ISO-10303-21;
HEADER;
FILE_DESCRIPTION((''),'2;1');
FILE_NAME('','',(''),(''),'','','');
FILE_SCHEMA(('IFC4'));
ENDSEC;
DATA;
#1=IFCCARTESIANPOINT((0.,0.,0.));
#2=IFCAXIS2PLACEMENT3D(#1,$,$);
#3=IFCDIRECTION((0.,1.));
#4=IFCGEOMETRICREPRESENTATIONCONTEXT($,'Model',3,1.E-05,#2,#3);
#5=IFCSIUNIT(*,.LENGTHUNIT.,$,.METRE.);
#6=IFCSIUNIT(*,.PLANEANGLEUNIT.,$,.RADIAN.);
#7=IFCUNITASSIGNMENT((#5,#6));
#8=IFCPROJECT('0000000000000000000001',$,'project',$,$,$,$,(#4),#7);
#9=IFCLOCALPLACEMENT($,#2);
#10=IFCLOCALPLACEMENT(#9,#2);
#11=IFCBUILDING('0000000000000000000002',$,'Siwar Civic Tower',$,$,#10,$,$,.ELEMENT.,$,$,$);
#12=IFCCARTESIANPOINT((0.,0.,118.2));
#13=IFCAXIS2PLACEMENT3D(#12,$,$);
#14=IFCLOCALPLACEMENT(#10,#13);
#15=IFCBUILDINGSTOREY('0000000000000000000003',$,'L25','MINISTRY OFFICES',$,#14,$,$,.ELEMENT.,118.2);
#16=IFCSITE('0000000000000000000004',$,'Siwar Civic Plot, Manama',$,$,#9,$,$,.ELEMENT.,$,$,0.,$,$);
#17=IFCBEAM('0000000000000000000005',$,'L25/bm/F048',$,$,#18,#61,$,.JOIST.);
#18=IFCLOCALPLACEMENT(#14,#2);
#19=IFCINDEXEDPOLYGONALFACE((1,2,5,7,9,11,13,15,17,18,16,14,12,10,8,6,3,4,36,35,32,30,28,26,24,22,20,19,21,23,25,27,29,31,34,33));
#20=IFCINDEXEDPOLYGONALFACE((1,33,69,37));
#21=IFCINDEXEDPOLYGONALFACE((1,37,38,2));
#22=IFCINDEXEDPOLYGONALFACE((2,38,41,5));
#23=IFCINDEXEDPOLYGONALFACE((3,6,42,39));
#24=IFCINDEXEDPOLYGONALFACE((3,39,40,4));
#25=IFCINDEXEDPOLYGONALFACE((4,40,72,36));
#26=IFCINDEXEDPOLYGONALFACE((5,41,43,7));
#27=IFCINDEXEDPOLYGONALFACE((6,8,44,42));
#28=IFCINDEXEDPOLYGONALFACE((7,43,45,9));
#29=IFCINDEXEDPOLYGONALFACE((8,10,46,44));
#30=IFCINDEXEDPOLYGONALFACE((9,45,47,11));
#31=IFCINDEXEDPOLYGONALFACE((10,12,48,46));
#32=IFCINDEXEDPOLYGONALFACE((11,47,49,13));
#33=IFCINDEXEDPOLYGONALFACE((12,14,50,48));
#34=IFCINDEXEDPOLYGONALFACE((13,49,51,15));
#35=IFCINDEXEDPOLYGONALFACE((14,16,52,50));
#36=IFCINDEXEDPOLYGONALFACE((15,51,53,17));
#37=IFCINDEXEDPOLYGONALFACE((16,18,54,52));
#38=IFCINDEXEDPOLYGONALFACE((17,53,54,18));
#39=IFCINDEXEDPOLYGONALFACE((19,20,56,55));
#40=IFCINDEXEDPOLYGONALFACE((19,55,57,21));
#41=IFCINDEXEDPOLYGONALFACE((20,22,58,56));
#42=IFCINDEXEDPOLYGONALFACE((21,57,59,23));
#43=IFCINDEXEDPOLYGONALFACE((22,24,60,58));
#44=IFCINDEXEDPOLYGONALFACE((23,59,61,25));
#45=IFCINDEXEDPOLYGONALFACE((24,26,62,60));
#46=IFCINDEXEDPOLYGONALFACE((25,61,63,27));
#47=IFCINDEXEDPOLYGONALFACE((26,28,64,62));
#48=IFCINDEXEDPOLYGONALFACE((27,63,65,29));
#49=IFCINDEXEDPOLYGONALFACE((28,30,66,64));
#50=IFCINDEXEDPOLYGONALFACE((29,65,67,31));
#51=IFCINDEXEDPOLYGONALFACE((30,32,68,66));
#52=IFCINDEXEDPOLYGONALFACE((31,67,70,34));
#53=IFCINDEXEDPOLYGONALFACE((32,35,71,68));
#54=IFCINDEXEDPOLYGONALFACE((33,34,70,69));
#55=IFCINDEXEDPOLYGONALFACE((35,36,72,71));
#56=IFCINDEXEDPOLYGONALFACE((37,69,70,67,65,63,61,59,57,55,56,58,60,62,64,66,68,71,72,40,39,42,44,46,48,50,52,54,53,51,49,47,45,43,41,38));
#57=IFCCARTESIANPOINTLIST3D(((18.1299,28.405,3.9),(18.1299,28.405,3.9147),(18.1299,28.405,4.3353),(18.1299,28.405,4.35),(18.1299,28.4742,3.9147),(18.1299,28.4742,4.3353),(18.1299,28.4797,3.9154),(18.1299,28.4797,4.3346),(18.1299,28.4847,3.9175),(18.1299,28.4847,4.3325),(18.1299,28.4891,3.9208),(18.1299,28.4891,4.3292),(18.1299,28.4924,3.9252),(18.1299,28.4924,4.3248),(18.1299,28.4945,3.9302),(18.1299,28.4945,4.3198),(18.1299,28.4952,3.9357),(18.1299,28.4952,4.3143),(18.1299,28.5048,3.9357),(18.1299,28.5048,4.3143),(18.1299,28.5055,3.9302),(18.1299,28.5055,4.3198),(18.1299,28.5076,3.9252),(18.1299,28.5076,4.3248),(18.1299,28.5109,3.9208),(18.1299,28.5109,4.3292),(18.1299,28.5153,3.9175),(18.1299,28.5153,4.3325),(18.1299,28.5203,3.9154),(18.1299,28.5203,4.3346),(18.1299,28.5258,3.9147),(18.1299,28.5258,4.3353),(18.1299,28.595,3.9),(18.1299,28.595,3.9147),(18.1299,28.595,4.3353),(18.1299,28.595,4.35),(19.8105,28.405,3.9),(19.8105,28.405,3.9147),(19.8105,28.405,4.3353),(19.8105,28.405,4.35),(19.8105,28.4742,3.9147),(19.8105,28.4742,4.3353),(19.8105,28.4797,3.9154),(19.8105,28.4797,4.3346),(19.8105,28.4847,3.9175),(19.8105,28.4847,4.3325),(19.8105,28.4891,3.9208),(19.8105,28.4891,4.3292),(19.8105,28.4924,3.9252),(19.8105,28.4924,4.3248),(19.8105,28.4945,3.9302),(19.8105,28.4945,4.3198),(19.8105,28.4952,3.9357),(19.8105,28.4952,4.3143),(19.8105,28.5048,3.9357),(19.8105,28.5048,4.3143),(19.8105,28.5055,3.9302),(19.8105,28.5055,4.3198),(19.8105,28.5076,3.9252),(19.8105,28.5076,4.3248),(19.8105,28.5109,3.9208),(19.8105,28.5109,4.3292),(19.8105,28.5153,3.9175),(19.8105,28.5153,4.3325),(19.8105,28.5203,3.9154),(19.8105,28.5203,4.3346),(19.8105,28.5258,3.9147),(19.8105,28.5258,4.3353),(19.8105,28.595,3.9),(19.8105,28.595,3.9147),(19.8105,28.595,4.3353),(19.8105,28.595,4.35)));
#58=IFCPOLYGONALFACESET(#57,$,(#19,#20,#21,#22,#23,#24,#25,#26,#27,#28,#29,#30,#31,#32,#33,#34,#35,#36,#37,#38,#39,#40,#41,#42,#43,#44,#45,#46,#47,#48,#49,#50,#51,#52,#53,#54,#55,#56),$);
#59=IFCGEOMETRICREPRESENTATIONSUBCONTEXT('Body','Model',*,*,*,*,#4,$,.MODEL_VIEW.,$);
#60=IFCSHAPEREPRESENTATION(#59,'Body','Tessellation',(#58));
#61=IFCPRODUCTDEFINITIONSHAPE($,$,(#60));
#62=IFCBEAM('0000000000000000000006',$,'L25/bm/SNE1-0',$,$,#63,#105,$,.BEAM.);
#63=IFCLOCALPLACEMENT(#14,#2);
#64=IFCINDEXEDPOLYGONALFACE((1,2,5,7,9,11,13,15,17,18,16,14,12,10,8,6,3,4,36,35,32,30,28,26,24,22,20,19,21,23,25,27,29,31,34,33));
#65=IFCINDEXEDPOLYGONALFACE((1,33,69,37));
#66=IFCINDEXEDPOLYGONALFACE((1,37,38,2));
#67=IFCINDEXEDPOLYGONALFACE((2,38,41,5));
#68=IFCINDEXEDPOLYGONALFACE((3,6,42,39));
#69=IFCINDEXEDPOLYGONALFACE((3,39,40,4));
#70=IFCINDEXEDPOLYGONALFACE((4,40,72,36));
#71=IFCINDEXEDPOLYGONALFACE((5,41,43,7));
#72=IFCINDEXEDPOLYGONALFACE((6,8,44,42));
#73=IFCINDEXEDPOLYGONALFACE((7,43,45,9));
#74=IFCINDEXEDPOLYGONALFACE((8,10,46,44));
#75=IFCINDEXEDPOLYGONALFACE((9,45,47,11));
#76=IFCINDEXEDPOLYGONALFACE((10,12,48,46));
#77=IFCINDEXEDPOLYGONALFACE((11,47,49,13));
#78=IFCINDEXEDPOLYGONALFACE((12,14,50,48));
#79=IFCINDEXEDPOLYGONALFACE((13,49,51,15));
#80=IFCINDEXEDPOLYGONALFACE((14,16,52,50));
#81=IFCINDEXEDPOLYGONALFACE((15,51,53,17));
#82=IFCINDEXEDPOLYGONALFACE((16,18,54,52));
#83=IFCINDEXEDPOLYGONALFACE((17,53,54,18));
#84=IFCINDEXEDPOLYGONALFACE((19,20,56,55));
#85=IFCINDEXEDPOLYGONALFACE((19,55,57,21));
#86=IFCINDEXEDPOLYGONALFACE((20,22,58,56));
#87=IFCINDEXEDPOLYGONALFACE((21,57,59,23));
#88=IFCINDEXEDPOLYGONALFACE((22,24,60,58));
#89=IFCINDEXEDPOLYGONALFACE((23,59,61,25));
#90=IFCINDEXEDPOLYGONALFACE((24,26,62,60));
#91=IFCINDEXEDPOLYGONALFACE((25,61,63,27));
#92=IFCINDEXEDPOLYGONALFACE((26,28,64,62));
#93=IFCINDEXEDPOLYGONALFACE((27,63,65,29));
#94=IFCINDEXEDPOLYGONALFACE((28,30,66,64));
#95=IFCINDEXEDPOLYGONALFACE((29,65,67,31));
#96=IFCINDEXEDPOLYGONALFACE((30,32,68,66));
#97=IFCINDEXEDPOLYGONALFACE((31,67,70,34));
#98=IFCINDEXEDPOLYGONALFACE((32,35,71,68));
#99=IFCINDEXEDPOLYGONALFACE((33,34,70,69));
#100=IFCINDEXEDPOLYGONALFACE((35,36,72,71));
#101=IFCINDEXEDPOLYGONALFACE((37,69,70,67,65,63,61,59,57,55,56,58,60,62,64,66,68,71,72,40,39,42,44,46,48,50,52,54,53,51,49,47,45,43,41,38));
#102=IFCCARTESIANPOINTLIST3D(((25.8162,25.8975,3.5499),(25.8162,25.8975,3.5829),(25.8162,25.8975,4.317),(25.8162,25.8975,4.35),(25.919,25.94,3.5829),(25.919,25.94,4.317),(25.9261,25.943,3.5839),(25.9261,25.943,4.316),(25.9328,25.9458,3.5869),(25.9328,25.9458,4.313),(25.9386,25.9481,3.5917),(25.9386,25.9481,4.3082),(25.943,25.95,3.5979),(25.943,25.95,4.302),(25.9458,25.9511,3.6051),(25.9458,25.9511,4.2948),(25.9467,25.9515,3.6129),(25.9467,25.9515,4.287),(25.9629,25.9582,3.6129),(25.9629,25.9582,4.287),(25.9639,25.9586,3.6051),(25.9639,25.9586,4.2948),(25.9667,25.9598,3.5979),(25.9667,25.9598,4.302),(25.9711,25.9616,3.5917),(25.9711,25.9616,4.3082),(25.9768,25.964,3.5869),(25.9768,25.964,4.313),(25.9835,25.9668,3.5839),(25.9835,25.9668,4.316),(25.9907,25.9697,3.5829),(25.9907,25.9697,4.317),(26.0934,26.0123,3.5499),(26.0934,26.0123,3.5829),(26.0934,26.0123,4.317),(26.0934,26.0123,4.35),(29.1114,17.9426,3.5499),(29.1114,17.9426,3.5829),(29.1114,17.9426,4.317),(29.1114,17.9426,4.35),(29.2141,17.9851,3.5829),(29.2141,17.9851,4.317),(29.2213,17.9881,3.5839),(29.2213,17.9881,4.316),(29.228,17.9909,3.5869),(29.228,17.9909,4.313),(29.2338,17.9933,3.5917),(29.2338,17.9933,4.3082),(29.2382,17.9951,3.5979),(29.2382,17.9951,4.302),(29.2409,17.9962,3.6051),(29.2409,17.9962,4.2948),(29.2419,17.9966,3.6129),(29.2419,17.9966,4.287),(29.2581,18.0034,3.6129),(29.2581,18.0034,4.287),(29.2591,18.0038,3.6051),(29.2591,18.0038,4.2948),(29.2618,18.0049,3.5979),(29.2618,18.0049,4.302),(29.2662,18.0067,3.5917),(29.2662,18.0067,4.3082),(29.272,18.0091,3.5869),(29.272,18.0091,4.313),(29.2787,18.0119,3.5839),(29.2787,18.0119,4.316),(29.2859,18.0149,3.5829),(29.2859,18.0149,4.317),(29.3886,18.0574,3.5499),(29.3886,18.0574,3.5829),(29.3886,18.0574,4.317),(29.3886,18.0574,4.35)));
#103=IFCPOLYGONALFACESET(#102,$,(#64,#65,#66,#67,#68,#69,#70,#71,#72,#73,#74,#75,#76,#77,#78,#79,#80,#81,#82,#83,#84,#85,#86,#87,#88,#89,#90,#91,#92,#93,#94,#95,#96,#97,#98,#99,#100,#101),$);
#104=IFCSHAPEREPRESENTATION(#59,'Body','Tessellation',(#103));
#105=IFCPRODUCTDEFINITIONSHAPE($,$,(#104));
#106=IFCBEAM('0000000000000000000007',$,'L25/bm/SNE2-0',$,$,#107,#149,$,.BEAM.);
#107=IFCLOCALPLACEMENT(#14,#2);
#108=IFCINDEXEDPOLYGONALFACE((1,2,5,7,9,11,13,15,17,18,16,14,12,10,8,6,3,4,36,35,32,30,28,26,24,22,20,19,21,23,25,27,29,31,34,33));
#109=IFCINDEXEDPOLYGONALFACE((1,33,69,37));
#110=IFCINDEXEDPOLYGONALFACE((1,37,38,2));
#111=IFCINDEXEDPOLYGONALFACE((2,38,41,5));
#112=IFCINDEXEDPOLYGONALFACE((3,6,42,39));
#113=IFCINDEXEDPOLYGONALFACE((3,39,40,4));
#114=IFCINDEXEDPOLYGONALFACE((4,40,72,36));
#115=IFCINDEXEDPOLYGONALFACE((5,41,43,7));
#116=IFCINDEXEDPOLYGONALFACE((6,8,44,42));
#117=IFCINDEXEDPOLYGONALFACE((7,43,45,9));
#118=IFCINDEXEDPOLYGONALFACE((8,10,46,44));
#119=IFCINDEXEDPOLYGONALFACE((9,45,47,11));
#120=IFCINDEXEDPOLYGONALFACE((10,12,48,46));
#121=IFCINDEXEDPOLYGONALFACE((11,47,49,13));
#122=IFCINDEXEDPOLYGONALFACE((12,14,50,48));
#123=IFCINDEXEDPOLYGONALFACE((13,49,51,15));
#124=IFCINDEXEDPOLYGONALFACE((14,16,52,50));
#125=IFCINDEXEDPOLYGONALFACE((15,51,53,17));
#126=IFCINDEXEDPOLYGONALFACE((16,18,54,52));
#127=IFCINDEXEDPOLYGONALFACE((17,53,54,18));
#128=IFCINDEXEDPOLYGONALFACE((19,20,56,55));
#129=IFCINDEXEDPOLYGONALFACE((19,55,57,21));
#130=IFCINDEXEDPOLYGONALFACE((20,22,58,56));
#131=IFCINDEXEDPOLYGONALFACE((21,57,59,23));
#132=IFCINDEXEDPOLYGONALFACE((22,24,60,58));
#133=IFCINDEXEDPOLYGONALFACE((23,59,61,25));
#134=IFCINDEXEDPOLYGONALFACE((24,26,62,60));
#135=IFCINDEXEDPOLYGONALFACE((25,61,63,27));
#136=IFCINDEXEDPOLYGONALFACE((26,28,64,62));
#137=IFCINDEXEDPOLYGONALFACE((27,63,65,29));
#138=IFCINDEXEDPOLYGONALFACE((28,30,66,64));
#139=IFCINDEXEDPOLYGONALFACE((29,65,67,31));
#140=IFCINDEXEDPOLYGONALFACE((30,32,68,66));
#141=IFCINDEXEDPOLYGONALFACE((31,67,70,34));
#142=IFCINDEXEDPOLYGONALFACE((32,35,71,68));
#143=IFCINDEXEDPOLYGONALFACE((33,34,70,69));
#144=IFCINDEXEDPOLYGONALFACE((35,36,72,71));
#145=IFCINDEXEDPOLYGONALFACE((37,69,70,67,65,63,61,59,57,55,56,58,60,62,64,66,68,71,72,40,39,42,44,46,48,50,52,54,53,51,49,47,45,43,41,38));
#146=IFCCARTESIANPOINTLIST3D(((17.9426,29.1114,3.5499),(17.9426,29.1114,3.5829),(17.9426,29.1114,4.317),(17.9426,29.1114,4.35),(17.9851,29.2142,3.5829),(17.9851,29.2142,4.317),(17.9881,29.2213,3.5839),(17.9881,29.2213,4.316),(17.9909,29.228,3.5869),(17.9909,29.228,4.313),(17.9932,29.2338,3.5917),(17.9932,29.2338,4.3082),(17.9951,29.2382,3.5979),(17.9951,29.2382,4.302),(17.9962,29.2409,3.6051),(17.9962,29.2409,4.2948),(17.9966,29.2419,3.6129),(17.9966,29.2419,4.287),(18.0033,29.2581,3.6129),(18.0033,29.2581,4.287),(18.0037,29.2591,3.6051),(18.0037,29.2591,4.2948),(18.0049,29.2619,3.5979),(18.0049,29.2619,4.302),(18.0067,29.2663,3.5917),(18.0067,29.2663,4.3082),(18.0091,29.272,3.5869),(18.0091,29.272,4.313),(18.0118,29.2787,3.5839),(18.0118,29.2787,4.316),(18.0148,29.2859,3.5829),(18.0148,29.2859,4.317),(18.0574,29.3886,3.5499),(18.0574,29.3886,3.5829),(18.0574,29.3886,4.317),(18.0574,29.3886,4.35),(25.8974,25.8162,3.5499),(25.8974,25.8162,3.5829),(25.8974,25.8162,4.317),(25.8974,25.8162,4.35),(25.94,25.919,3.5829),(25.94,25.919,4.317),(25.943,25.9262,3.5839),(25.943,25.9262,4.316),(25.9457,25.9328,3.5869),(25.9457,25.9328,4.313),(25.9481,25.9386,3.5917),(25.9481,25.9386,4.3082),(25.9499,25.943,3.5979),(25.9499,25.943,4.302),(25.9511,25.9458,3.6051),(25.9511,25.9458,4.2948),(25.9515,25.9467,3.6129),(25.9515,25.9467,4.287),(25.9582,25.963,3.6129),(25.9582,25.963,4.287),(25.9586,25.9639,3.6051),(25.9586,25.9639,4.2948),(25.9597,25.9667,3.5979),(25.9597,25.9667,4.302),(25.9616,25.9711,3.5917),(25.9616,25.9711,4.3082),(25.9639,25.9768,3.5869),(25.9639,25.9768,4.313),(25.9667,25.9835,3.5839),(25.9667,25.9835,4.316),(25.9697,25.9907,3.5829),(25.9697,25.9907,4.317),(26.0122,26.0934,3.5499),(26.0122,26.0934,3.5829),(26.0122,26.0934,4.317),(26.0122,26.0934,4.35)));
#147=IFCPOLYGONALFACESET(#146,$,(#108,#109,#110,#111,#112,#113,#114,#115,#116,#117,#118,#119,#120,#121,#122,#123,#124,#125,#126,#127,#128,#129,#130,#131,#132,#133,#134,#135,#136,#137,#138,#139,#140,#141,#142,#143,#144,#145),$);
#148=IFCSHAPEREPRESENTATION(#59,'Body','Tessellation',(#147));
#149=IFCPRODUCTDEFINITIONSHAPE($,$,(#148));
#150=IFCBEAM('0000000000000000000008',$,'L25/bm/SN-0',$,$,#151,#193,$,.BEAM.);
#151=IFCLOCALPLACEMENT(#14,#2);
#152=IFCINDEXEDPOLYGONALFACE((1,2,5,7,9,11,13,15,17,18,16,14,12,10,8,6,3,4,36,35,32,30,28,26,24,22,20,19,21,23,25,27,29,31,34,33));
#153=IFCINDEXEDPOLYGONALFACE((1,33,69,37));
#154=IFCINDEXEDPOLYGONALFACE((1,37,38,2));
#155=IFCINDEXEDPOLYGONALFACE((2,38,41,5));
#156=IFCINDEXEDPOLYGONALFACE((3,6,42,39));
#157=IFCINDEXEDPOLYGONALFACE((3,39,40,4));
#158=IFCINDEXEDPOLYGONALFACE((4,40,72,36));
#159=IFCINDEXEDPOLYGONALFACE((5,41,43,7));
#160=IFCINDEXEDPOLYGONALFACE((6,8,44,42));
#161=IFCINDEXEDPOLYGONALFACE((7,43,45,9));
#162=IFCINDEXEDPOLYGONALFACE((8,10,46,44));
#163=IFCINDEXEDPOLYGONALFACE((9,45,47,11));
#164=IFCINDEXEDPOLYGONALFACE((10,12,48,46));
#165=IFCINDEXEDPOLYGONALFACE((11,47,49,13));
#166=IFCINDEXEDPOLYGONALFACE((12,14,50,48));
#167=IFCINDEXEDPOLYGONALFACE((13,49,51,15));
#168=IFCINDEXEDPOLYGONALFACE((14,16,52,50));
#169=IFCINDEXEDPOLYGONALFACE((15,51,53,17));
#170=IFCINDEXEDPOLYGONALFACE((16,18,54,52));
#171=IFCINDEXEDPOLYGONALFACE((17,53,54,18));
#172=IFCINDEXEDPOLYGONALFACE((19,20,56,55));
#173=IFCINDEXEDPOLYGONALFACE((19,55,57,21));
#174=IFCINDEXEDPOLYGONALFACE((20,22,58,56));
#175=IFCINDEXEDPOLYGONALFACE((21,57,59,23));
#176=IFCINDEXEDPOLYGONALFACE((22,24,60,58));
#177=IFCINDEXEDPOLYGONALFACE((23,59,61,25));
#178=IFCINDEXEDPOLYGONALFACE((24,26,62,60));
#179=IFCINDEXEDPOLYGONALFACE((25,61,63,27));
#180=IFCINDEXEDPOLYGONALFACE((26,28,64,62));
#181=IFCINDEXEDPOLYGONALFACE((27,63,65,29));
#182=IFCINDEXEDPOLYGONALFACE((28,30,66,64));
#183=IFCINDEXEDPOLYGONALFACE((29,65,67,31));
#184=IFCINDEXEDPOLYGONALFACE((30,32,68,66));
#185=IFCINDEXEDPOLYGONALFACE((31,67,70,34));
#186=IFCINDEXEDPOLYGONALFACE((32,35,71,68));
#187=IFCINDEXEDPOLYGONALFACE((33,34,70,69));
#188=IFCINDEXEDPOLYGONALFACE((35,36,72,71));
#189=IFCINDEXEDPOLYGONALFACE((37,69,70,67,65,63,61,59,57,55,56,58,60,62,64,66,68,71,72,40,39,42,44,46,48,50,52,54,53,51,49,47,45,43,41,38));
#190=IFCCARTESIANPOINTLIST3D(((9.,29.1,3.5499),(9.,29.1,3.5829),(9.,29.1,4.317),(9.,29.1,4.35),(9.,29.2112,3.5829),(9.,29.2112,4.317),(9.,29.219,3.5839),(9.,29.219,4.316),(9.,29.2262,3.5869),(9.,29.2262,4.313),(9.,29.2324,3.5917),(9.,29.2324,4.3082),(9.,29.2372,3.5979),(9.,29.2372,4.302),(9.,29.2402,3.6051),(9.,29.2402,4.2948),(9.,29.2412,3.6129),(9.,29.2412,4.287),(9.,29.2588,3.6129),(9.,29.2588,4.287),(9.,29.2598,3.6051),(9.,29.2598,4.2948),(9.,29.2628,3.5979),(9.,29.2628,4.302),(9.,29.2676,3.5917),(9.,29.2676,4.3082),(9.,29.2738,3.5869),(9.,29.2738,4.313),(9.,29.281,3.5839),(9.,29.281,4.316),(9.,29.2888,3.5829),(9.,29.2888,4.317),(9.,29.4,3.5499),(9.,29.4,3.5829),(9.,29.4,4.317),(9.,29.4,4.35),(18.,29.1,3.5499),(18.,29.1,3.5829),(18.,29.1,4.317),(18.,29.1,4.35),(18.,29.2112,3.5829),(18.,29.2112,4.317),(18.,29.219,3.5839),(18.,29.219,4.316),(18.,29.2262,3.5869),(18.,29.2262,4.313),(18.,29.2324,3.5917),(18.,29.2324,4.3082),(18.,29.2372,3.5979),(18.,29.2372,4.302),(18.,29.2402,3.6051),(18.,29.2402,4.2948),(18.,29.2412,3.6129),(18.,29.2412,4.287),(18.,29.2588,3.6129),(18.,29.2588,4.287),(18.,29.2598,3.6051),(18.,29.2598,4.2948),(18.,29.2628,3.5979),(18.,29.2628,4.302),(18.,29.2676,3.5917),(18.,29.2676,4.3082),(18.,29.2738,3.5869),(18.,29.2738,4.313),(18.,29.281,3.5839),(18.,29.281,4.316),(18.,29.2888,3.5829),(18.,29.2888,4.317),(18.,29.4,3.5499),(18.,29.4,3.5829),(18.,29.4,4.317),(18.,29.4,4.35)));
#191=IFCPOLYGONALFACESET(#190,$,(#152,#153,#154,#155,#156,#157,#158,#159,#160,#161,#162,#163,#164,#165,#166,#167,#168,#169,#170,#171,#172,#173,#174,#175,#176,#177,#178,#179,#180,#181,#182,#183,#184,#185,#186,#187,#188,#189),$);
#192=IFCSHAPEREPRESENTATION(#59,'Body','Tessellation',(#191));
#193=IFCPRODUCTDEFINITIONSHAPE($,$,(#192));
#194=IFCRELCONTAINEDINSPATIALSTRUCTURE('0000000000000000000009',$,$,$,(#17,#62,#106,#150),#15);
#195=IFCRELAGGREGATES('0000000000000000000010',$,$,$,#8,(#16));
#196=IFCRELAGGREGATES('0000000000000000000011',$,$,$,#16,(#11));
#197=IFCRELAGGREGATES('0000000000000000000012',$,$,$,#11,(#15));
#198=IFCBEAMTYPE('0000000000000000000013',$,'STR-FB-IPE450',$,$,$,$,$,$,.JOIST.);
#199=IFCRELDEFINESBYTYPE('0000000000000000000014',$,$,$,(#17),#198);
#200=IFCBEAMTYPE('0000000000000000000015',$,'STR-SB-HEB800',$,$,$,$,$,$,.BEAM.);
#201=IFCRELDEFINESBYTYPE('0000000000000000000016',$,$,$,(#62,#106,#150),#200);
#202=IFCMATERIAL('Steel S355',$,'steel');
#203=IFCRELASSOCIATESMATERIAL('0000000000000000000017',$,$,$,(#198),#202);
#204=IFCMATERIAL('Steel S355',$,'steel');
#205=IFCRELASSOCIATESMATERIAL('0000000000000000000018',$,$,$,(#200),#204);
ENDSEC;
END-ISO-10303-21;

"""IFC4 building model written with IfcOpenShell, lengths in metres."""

from ifc_helpers import new_model, si_unit, direction, frame, origin, origin_2d, place, context, subcontext, project, spatial, i_section, extrude, material, material_profile, profile_set, type_object, element, save


model = new_model("IFC4")

# Units and contexts
model_context = context("Model", 3, precision=1e-05, world=origin(), true_north=direction((0.0, 1.0)))
body_context = subcontext(model_context, "Body", "Model", "MODEL_VIEW")
ifc_project = project(units=[si_unit("LENGTHUNIT", "METRE"), si_unit("PLANEANGLEUNIT", "RADIAN")], contexts=[model_context])

# Site, building, storey
site_placement = place(None, origin())
site = spatial("IfcSite", under=ifc_project, at=site_placement, Name="Siwar Civic Plot, Manama", CompositionType="ELEMENT", RefElevation=0.0)
building_placement = place(site_placement, origin())
building = spatial("IfcBuilding", under=site, at=building_placement, Name="Siwar Civic Tower", CompositionType="ELEMENT")
storey_placement = place(building_placement, frame((0.0, 0.0, 118.2)))
storey = spatial("IfcBuildingStorey", under=building, at=storey_placement, Name="L25", Description="MINISTRY OFFICES", CompositionType="ELEMENT", Elevation=118.2)

# Beams
ifc_material_1 = material(Name="Steel S355", Category="steel")
ifc_material_profile_1 = material_profile(ifc_material_1, i_section(OverallWidth=0.1899, OverallDepth=0.45, WebThickness=0.0095, FlangeThickness=0.0146, FilletRadius=0.021, at=origin_2d()), Name="IPE450")
ifc_profile_set_1 = profile_set([ifc_material_profile_1], Name="Steel S355")
beam_type_1 = type_object("IfcBeamType", Name="STR-FB-IPE450", PredefinedType="JOIST", material=ifc_profile_set_1)
beam_1_placement = place(storey_placement, frame((18.1299, 28.5, 4.125), z_axis=(1.0, 0.0, 0.0), x_axis=(0.0, 1.0, 0.0)))
element("IfcBeam", 1, at=beam_1_placement, inside=storey, type_object=beam_type_1, Name="L25/bm/F048", PredefinedType="JOIST", context=body_context, shape_type="SweptSolid", body=[
    extrude(i_section(OverallWidth=0.1899, OverallDepth=0.45, WebThickness=0.0095, FlangeThickness=0.0146, FilletRadius=0.021, at=origin_2d()), origin(), (0.0, 0.0, 1.0), 1.6807),
])
ifc_material_2 = material(Name="Steel S355", Category="steel")
ifc_material_profile_2 = material_profile(ifc_material_2, i_section(OverallWidth=0.3, OverallDepth=0.8, WebThickness=0.0176, FlangeThickness=0.033, FilletRadius=0.03, at=origin_2d()), Name="HEB800")
ifc_profile_set_2 = profile_set([ifc_material_profile_2], Name="Steel S355")
beam_type_2 = type_object("IfcBeamType", Name="STR-SB-HEB800", PredefinedType="BEAM", material=ifc_profile_set_2)
for number, where, z_axis, x_axis, name in (
    (2, (29.25, 18.0, 3.95), (-0.3827, 0.923873, 0.0), (-0.923873, -0.3827, 0.0), "L25/bm/SNE1-0"),
    (3, (25.9548, 25.9548, 3.95), (-0.923873, 0.3827, 0.0), (-0.3827, -0.923873, 0.0), "L25/bm/SNE2-0"),
):
    element("IfcBeam", number, at=place(storey_placement, frame(where, z_axis=z_axis, x_axis=x_axis)), inside=storey, type_object=beam_type_2, Name=name, PredefinedType="BEAM", context=body_context, shape_type="SweptSolid", body=[
        extrude(i_section(OverallWidth=0.3, OverallDepth=0.8, WebThickness=0.0176, FlangeThickness=0.033, FilletRadius=0.03, at=origin_2d()), origin(), (0.0, 0.0, 1.0), 8.6104),
    ])
beam_2_placement = place(storey_placement, frame((18.0, 29.25, 3.95), z_axis=(-1.0, 0.0, 0.0), x_axis=(0.0, -1.0, 0.0)))
element("IfcBeam", 4, at=beam_2_placement, inside=storey, type_object=beam_type_2, Name="L25/bm/SN-0", PredefinedType="BEAM", context=body_context, shape_type="SweptSolid", body=[
    extrude(i_section(OverallWidth=0.3, OverallDepth=0.8, WebThickness=0.0176, FlangeThickness=0.033, FilletRadius=0.03, at=origin_2d()), origin(), (0.0, 0.0, 1.0), 9.0),
])

save(model, "model.ifc")
